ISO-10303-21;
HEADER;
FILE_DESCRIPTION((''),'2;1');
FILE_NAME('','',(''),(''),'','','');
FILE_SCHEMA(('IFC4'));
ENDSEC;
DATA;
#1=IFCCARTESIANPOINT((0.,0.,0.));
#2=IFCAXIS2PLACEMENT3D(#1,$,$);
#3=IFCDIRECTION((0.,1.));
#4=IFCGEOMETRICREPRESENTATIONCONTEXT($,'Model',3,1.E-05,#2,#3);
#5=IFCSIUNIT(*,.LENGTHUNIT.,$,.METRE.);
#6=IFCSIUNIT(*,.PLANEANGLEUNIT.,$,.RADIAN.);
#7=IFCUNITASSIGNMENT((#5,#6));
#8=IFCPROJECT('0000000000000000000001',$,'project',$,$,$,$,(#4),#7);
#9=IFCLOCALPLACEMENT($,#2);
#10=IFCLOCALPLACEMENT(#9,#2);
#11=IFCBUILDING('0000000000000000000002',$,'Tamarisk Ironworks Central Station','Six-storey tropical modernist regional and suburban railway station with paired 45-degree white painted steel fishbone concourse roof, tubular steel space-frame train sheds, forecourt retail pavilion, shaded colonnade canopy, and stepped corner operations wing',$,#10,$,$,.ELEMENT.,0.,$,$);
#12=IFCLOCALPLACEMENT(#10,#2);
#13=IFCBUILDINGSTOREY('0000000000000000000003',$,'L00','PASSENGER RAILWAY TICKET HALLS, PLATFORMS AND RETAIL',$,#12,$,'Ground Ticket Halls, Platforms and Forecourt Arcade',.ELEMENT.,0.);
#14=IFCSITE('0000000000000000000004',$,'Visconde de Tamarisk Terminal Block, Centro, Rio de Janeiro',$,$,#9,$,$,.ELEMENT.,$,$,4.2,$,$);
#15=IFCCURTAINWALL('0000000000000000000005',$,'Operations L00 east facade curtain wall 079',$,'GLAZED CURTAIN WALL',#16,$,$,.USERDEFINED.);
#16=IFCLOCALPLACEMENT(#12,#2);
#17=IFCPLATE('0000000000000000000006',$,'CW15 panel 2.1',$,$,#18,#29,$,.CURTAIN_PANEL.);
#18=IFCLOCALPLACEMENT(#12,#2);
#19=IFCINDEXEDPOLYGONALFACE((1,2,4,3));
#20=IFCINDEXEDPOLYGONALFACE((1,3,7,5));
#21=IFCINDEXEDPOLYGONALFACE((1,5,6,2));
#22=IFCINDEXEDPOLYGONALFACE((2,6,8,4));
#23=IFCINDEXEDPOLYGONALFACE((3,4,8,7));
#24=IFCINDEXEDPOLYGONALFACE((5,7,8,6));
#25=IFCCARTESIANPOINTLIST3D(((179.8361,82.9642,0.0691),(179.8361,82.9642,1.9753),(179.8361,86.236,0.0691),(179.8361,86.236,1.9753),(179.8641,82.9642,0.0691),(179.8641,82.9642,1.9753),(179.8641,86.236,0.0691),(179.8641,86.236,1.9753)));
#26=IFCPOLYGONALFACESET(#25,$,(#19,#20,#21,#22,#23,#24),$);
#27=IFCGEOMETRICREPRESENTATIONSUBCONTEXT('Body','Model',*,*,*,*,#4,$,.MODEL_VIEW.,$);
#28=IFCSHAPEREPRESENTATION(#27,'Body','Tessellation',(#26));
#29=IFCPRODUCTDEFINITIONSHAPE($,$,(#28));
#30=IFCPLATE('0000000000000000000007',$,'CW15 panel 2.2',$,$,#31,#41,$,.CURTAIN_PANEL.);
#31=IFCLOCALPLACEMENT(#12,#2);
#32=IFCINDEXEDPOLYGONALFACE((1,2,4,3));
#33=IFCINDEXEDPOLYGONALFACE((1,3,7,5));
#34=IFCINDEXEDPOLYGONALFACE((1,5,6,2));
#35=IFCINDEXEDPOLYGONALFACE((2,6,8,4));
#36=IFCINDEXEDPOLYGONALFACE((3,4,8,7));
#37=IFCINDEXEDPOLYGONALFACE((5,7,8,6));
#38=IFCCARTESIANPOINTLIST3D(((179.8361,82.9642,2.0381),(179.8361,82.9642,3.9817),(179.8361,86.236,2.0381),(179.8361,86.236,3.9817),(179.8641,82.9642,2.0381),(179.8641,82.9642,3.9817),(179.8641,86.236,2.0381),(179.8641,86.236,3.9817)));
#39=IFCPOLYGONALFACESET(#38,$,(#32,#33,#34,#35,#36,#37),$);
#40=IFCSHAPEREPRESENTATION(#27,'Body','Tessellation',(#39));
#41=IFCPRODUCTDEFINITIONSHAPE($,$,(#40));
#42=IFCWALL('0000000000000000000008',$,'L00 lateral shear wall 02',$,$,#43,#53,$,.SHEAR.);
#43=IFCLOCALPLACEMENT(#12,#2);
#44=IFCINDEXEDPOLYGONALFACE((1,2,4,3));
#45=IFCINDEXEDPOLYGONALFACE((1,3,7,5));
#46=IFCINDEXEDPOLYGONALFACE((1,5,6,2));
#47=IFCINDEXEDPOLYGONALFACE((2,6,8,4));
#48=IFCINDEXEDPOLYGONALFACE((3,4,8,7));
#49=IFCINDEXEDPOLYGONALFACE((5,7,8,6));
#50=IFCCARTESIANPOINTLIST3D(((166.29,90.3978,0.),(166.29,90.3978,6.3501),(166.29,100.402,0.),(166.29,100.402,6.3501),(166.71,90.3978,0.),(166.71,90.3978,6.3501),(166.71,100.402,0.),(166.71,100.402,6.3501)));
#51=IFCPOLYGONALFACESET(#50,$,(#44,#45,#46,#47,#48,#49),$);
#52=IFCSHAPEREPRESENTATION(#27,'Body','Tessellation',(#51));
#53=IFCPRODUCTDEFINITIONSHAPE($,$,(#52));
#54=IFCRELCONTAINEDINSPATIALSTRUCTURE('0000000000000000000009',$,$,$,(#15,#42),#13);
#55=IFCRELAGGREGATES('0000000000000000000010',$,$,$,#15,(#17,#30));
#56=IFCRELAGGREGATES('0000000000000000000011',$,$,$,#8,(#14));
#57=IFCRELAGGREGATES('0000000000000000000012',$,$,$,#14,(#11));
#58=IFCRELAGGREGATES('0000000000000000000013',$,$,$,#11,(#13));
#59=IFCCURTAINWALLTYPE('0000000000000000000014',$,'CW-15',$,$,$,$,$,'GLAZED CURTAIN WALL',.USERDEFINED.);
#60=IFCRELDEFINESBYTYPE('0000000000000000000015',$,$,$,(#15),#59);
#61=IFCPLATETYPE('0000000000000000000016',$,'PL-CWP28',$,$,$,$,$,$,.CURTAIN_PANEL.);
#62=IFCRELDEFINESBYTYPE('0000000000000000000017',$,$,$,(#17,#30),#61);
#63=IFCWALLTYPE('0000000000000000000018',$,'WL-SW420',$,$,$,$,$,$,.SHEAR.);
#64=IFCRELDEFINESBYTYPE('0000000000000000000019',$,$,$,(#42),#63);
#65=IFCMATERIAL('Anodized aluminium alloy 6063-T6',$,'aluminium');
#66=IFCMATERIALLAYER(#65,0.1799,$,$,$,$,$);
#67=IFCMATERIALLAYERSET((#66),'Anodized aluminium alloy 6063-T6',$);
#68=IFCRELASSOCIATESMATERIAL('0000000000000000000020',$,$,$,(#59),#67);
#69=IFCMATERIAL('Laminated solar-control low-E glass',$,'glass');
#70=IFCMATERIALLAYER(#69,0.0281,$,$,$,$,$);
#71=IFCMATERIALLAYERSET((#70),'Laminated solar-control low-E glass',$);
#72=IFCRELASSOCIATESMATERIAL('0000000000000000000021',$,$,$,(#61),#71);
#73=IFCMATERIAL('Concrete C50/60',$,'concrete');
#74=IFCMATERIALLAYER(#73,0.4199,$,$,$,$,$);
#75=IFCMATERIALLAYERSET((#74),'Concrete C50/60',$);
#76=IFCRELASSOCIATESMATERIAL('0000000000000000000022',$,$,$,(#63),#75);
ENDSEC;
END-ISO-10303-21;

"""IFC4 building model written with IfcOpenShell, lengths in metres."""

from ifc_helpers import new_model, si_unit, direction, frame, frame_2d, origin, origin_2d, place, context, subcontext, project, spatial, rectangle, extrude, material, layer, layer_set, type_object, element, aggregate, save


model = new_model("IFC4")

# Units and contexts
model_context = context("Model", 3, precision=1e-05, world=origin(), true_north=direction((0.0, 1.0)))
body_context = subcontext(model_context, "Body", "Model", "MODEL_VIEW")
ifc_project = project(units=[si_unit("LENGTHUNIT", "METRE"), si_unit("PLANEANGLEUNIT", "RADIAN")], contexts=[model_context])

# Site, building, storey
site_placement = place(None, origin())
site = spatial("IfcSite", under=ifc_project, at=site_placement, Name="Visconde de Tamarisk Terminal Block, Centro, Rio de Janeiro", CompositionType="ELEMENT", RefElevation=4.2)
building_placement = place(site_placement, origin())
building = spatial("IfcBuilding", under=site, at=building_placement, Name="Tamarisk Ironworks Central Station", Description="Six-storey tropical modernist regional and suburban railway station with paired 45-degree white painted steel fishbone concourse roof, tubular steel space-frame train sheds, forecourt retail pavilion, shaded colonnade canopy, and stepped corner operations wing", CompositionType="ELEMENT", ElevationOfRefHeight=0.0)
storey_placement = place(building_placement, origin())
storey = spatial("IfcBuildingStorey", under=building, at=storey_placement, Name="L00", Description="PASSENGER RAILWAY TICKET HALLS, PLATFORMS AND RETAIL", LongName="Ground Ticket Halls, Platforms and Forecourt Arcade", CompositionType="ELEMENT", Elevation=0.0)

# Shared definitions
ifc_material_1 = material(Name="Concrete C50/60", Category="concrete")

# Curtain wall, plates
ifc_material_2 = material(Name="Anodized aluminium alloy 6063-T6", Category="aluminium")
ifc_layer_1 = layer(ifc_material_2, 0.1799)
ifc_layer_set_1 = layer_set([ifc_layer_1], Name="Anodized aluminium alloy 6063-T6")
curtain_wall_type = type_object("IfcCurtainWallType", Name="CW-15", ElementType="GLAZED CURTAIN WALL", PredefinedType="USERDEFINED", material=ifc_layer_set_1)
curtain_wall_placement = place(storey_placement, origin())
curtain_wall = element("IfcCurtainWall", 1, at=curtain_wall_placement, inside=storey, type_object=curtain_wall_type, Name="Operations L00 east facade curtain wall 079", ObjectType="GLAZED CURTAIN WALL", PredefinedType="USERDEFINED")
ifc_material_3 = material(Name="Laminated solar-control low-E glass", Category="glass")
ifc_layer_2 = layer(ifc_material_3, 0.0281)
ifc_layer_set_2 = layer_set([ifc_layer_2], Name="Laminated solar-control low-E glass")
plate_type = type_object("IfcPlateType", Name="PL-CWP28", PredefinedType="CURTAIN_PANEL", material=ifc_layer_set_2)
plate_1_placement = place(storey_placement, frame((179.8501, 84.6001, 0.0691), z_axis=(0.0, 0.0, 1.0), x_axis=(0.0, 1.0, 0.0)))
plate_1 = element("IfcPlate", 2, at=plate_1_placement, type_object=plate_type, Name="CW15 panel 2.1", PredefinedType="CURTAIN_PANEL", context=body_context, shape_type="SweptSolid", body=[
    extrude(rectangle(XDim=3.2717, YDim=0.0281, at=origin_2d()), origin(), (0.0, 0.0, 1.0), 1.9062),
])
plate_2_placement = place(storey_placement, frame((179.8501, 84.6001, 2.0381), z_axis=(0.0, 0.0, 1.0), x_axis=(0.0, 1.0, 0.0)))
plate_2 = element("IfcPlate", 3, at=plate_2_placement, type_object=plate_type, Name="CW15 panel 2.2", PredefinedType="CURTAIN_PANEL", context=body_context, shape_type="SweptSolid", body=[
    extrude(rectangle(XDim=3.2717, YDim=0.0281, at=origin_2d()), origin(), (0.0, 0.0, 1.0), 1.9436),
])
aggregate(curtain_wall, [plate_1, plate_2])

# Wall
ifc_layer_3 = layer(ifc_material_1, 0.4199)
ifc_layer_set_3 = layer_set([ifc_layer_3], Name="Concrete C50/60")
wall_type = type_object("IfcWallType", Name="WL-SW420", PredefinedType="SHEAR", material=ifc_layer_set_3)
wall_placement = place(storey_placement, frame((166.5, 90.3979, 0.0), z_axis=(0.0, 0.0, 1.0), x_axis=(0.0, 1.0, 0.0)))
element("IfcWall", 4, at=wall_placement, inside=storey, type_object=wall_type, Name="L00 lateral shear wall 02", PredefinedType="SHEAR", context=body_context, shape_type="SweptSolid", body=[
    extrude(rectangle(XDim=10.0042, YDim=0.4199, at=frame_2d((5.002, 0.0))), origin(), (0.0, 0.0, 1.0), 6.3501),
])

save(model, "model.ifc")
